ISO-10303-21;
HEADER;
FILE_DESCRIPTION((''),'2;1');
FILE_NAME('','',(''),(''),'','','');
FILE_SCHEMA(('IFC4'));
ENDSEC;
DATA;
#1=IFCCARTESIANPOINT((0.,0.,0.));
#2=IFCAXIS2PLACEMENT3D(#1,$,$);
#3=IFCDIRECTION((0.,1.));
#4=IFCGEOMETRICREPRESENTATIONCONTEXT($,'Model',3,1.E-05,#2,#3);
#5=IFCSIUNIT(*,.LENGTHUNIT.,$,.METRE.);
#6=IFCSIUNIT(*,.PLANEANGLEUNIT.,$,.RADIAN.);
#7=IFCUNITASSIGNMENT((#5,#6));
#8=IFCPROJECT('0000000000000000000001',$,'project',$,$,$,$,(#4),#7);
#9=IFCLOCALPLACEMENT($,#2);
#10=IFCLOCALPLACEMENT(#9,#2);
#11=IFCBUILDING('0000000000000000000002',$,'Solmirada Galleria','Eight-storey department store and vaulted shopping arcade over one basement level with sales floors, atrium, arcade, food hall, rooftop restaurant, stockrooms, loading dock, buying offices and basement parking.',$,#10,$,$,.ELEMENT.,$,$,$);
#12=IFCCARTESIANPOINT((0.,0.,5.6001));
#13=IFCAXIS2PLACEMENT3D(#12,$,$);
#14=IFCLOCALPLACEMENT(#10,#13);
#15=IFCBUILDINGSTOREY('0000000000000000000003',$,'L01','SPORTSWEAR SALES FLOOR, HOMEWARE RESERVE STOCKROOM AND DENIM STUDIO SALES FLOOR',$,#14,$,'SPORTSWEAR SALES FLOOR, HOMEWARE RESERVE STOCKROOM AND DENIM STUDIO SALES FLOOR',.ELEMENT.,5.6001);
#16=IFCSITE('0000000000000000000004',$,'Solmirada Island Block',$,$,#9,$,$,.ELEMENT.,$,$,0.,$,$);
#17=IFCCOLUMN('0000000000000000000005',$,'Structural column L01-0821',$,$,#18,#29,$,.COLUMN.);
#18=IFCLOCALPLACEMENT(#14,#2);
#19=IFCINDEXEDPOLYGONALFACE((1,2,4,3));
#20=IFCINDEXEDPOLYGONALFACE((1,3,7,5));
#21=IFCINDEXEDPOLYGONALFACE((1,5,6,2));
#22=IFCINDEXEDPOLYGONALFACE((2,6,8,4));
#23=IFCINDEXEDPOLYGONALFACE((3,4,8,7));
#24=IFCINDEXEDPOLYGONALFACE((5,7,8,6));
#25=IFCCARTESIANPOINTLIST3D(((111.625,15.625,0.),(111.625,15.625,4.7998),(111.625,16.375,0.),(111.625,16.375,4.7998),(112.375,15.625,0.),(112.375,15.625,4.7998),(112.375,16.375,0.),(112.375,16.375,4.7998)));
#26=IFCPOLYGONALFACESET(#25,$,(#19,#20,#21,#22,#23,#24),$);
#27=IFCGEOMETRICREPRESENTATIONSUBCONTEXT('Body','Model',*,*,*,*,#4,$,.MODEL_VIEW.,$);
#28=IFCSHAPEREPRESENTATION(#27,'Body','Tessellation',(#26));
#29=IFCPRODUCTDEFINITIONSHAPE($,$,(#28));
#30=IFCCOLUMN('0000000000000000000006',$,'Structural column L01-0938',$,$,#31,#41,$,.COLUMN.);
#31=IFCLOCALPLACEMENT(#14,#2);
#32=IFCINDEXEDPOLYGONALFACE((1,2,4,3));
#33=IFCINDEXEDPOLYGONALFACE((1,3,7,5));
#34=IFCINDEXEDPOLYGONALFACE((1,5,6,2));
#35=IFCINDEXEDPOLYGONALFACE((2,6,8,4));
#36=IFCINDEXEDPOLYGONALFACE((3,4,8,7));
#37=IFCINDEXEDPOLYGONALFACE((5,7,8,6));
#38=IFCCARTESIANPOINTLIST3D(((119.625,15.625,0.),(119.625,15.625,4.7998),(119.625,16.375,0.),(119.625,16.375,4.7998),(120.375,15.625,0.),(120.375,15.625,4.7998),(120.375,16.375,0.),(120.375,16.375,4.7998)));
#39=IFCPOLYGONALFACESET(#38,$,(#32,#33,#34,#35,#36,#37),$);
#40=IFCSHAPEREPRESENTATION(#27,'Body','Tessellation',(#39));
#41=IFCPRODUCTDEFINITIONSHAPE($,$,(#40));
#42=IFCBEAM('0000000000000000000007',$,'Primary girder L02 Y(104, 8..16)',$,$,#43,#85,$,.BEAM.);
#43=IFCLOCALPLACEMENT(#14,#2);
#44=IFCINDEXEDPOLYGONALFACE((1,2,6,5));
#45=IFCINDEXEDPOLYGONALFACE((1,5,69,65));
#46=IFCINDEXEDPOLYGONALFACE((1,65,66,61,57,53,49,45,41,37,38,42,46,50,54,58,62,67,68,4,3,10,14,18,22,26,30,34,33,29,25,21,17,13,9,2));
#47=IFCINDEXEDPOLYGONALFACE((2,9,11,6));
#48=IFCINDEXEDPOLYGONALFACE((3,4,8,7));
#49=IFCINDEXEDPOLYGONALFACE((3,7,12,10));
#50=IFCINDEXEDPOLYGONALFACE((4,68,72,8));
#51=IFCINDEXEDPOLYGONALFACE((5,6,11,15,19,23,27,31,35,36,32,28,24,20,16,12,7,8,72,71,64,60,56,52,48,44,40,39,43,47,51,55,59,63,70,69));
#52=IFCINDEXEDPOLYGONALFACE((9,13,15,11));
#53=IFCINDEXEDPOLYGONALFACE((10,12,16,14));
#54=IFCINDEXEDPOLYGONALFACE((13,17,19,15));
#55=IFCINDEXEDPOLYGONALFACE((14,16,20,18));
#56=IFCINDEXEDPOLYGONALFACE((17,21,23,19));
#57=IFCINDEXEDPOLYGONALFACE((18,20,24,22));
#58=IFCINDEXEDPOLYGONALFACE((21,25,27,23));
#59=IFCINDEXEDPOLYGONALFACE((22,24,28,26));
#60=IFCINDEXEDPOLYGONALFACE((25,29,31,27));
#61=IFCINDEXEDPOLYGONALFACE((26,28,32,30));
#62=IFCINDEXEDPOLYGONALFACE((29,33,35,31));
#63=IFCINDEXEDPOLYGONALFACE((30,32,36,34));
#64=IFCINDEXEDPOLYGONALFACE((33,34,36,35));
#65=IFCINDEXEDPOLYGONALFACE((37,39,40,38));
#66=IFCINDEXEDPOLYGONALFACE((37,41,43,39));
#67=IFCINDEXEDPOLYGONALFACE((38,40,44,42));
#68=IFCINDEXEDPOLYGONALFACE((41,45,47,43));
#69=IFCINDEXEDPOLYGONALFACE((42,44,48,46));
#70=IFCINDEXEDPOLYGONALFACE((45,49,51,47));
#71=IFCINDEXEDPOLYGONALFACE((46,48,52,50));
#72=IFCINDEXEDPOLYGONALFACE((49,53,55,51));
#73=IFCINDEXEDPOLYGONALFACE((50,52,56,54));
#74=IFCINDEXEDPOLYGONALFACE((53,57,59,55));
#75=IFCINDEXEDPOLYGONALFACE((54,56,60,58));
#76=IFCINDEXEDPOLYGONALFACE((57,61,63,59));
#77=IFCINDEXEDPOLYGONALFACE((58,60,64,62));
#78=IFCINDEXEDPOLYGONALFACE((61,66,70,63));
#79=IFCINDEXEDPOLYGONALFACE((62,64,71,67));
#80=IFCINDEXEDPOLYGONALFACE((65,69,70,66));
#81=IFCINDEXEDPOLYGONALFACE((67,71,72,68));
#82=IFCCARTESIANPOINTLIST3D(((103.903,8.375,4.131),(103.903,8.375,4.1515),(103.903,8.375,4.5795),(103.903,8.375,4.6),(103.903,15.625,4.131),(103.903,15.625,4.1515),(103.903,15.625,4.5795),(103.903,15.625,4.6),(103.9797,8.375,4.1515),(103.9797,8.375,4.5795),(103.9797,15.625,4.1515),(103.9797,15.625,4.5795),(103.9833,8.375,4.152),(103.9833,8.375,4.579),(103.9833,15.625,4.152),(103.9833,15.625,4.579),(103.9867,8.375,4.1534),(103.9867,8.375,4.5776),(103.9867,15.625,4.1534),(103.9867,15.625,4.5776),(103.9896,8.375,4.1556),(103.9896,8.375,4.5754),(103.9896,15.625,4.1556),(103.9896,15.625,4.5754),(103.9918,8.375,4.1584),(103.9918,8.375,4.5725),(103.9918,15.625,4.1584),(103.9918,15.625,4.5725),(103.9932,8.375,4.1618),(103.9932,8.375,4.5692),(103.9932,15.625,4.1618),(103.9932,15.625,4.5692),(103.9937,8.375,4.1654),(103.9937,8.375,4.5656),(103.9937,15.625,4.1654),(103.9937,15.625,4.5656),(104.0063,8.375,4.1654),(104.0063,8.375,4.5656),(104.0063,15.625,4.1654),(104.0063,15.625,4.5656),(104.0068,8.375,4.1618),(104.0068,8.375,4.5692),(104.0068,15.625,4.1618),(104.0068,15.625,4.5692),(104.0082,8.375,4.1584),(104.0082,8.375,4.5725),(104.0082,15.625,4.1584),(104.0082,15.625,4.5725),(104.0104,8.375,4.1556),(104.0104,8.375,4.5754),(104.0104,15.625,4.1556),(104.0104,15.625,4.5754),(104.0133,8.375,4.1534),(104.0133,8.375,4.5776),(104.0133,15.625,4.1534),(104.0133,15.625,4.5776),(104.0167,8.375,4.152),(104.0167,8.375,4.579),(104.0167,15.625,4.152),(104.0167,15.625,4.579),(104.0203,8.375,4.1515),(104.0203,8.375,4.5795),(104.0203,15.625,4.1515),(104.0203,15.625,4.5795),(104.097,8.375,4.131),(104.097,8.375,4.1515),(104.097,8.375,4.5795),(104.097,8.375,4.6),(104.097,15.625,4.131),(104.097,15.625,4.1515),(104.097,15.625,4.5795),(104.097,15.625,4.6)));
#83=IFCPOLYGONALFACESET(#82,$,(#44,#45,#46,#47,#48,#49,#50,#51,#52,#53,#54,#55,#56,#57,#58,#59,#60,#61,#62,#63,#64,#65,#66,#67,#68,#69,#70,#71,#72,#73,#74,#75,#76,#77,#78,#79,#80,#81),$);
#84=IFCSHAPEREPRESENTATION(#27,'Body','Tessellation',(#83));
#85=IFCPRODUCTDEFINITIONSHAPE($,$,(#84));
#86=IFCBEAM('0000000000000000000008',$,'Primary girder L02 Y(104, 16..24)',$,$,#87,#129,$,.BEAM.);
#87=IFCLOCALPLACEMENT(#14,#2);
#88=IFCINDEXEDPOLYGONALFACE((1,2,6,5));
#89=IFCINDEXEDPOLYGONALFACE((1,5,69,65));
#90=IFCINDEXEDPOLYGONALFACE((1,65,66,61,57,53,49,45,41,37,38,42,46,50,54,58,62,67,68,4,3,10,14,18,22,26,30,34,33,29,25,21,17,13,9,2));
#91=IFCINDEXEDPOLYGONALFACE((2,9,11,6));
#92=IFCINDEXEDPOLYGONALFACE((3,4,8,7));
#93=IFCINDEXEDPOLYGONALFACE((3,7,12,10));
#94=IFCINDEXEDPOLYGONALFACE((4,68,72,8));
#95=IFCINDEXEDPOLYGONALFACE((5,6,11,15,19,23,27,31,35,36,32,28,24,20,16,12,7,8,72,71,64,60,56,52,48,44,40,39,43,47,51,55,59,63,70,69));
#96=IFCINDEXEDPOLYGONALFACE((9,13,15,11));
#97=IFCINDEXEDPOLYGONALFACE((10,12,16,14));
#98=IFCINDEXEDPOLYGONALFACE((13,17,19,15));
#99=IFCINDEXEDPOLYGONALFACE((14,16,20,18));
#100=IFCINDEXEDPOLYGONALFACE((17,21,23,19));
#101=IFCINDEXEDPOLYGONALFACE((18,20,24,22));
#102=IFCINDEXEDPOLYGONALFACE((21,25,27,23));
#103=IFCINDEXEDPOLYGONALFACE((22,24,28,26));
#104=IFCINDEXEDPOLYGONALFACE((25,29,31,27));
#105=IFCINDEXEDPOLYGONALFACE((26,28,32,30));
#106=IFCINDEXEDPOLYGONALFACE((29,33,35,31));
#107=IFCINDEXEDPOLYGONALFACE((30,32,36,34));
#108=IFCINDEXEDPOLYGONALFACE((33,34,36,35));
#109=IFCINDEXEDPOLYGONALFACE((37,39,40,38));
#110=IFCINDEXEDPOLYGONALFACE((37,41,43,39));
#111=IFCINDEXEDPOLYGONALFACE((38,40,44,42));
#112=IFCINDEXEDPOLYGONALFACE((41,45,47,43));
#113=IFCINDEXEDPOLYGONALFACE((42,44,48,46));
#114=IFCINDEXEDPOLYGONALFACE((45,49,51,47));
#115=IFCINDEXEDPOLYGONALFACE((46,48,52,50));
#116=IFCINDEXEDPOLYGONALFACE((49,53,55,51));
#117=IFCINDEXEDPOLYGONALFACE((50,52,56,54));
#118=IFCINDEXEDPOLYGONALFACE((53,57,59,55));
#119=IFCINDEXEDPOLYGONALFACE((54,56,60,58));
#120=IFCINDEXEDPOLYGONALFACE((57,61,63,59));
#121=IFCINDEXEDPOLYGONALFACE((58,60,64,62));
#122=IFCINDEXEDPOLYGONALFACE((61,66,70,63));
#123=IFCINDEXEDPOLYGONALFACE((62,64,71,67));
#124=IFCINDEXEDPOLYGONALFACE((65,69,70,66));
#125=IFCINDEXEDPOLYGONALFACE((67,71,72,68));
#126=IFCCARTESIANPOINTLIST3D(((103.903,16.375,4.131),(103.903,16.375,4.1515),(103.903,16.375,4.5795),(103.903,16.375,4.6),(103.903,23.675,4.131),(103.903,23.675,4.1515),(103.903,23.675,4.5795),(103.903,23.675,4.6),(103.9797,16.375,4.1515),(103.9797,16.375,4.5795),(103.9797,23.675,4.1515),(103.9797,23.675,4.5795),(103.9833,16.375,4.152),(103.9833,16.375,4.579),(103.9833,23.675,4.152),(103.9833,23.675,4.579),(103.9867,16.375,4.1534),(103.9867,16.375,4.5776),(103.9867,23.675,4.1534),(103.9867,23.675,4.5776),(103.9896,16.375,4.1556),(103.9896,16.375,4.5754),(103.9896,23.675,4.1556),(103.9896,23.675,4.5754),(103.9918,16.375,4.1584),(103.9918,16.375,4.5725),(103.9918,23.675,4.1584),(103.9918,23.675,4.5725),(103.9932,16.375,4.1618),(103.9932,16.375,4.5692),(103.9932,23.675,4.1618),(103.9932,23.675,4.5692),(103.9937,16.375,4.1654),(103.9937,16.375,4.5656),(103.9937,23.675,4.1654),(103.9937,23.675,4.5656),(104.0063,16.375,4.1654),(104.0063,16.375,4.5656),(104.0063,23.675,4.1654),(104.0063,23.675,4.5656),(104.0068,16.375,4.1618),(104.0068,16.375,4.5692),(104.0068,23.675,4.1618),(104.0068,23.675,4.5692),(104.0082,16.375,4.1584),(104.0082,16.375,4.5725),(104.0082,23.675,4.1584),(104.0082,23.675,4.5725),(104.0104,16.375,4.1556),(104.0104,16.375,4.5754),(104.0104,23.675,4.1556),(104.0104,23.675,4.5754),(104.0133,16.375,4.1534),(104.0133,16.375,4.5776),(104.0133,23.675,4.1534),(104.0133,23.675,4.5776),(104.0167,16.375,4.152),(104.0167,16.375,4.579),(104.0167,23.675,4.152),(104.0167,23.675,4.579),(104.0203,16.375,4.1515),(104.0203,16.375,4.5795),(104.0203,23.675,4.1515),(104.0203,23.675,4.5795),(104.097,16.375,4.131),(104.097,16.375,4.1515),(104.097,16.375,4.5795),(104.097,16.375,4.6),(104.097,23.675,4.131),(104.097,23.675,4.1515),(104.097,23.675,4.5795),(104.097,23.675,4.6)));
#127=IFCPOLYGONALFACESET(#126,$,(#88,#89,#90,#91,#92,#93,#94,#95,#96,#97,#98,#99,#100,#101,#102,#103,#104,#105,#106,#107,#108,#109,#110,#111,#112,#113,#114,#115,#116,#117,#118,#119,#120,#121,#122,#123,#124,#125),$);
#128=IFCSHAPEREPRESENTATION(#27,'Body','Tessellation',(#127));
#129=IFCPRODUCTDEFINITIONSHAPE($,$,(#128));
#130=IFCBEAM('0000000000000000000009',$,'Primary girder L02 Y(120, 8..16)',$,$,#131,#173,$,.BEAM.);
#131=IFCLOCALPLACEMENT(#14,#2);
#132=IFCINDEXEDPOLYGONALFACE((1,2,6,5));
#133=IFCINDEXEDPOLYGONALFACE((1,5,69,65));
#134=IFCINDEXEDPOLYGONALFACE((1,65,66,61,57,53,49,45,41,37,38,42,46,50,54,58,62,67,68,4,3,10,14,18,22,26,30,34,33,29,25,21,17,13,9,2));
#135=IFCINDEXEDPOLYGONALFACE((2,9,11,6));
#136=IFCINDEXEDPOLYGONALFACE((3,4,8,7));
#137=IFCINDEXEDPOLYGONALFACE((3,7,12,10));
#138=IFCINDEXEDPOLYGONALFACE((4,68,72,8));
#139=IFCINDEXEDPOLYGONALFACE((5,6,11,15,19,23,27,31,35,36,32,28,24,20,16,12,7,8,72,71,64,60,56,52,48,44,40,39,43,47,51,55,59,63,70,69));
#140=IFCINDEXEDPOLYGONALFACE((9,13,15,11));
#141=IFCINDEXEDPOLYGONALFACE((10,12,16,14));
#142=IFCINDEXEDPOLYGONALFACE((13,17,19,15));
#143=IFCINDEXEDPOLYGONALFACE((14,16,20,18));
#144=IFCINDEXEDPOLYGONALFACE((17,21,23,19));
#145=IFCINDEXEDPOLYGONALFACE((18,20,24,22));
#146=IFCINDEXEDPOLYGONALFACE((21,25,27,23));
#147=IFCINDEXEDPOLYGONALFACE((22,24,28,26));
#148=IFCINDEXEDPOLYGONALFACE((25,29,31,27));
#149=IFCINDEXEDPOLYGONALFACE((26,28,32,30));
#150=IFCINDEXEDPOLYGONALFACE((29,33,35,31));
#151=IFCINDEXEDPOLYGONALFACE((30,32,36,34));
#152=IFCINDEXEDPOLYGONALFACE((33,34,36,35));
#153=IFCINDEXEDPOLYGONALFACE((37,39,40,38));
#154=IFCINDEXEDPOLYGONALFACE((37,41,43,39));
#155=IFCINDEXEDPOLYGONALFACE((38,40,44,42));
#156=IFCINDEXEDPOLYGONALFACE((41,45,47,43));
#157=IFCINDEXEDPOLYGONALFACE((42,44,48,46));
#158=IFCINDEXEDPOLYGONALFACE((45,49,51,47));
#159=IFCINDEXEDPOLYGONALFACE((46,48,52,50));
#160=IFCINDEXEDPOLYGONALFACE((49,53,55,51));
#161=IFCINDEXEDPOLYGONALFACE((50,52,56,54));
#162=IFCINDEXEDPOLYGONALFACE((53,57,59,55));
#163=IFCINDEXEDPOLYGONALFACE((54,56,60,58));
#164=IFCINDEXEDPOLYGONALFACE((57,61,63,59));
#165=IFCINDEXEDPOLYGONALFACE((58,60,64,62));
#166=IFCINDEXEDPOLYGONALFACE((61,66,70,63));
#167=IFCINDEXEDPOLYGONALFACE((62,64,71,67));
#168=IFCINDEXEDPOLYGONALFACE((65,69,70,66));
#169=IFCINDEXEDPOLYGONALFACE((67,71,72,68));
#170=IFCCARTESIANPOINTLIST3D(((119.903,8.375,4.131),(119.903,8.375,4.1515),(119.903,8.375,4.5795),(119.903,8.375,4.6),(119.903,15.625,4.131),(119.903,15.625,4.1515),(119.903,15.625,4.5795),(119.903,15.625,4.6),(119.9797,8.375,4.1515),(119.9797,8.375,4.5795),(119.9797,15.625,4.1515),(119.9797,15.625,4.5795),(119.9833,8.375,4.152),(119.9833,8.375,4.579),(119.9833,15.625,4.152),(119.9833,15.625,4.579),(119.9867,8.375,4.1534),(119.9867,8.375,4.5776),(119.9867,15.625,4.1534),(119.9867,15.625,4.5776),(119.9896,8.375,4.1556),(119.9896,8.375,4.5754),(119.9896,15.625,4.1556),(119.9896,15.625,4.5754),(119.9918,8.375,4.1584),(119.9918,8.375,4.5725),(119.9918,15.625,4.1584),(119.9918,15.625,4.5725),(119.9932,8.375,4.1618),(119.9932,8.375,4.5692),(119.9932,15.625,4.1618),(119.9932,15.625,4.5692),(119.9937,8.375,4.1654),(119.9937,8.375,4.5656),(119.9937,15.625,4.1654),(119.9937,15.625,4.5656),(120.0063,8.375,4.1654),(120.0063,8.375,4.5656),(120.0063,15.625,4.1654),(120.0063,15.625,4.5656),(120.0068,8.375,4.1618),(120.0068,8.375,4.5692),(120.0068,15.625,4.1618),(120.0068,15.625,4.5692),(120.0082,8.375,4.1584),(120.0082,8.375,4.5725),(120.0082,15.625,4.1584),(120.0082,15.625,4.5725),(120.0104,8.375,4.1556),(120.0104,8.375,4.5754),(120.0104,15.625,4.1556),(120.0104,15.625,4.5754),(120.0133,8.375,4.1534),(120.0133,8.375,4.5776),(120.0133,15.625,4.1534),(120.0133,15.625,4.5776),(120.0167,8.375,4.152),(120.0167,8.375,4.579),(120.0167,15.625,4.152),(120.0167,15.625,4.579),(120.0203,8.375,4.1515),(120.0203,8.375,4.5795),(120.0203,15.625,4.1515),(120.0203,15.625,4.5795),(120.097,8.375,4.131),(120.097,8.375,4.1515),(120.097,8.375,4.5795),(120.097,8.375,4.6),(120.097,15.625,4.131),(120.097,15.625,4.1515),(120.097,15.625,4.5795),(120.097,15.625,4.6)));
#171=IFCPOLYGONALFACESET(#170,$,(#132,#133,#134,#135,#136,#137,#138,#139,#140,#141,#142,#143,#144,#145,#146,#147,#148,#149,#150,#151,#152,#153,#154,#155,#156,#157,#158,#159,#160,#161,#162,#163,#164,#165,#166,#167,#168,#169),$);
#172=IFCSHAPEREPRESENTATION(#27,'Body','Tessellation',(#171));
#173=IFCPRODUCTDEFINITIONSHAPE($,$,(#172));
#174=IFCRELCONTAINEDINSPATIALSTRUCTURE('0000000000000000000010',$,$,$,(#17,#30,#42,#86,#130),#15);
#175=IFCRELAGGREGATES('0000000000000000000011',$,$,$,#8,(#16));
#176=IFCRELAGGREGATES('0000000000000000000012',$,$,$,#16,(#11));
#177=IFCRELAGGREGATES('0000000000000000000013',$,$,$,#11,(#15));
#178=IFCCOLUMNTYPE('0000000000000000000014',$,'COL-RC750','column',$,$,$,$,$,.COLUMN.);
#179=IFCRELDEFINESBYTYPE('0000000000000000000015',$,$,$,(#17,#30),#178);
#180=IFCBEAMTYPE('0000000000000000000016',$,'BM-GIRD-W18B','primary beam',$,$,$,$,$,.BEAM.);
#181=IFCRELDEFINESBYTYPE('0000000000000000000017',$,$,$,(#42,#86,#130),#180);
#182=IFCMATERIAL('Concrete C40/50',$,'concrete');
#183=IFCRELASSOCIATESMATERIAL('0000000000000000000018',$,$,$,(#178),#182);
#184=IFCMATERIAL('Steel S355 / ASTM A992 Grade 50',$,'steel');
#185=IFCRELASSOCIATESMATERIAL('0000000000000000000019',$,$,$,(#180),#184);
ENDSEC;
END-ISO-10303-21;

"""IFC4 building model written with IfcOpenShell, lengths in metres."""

from ifc_helpers import new_model, si_unit, direction, frame, origin, origin_2d, place, context, subcontext, project, spatial, rectangle, i_section, extrude, material, material_profile, profile_set, type_object, element, save


model = new_model("IFC4")

# Units and contexts
model_context = context("Model", 3, precision=1e-05, world=origin(), true_north=direction((0.0, 1.0)))
body_context = subcontext(model_context, "Body", "Model", "MODEL_VIEW")
ifc_project = project(units=[si_unit("LENGTHUNIT", "METRE"), si_unit("PLANEANGLEUNIT", "RADIAN")], contexts=[model_context])

# Site, building, storey
site_placement = place(None, origin())
site = spatial("IfcSite", under=ifc_project, at=site_placement, Name="Solmirada Island Block", CompositionType="ELEMENT", RefElevation=0.0)
building_placement = place(site_placement, origin())
building = spatial("IfcBuilding", under=site, at=building_placement, Name="Solmirada Galleria", Description="Eight-storey department store and vaulted shopping arcade over one basement level with sales floors, atrium, arcade, food hall, rooftop restaurant, stockrooms, loading dock, buying offices and basement parking.", CompositionType="ELEMENT")
storey_placement = place(building_placement, frame((0.0, 0.0, 5.6001)))
storey = spatial("IfcBuildingStorey", under=building, at=storey_placement, Name="L01", Description="SPORTSWEAR SALES FLOOR, HOMEWARE RESERVE STOCKROOM AND DENIM STUDIO SALES FLOOR", LongName="SPORTSWEAR SALES FLOOR, HOMEWARE RESERVE STOCKROOM AND DENIM STUDIO SALES FLOOR", CompositionType="ELEMENT", Elevation=5.6001)

# Columns
ifc_material_1 = material(Name="Concrete C40/50", Category="concrete")
ifc_material_profile_1 = material_profile(ifc_material_1, rectangle(XDim=0.75, YDim=0.75, at=origin_2d()), Name="RC750X750")
ifc_profile_set_1 = profile_set([ifc_material_profile_1], Name="Concrete C40/50")
column_type = type_object("IfcColumnType", Name="COL-RC750", Description="column", PredefinedType="COLUMN", material=ifc_profile_set_1)
for number, where, z_axis, x_axis, name in (
    (1, (112.0, 16.0, 0.0), (0.0, 0.0, 1.0), (1.0, 0.0, 0.0), "Structural column L01-0821"),
    (2, (120.0, 16.0, 0.0), (0.0, 0.0, 1.0), (1.0, 0.0, 0.0), "Structural column L01-0938"),
):
    element("IfcColumn", number, at=place(storey_placement, frame(where, z_axis=z_axis, x_axis=x_axis)), inside=storey, type_object=column_type, Name=name, PredefinedType="COLUMN", context=body_context, shape_type="SweptSolid", body=[
        extrude(rectangle(XDim=0.75, YDim=0.75, at=origin_2d()), origin(), (0.0, 0.0, 1.0), 4.7998),
    ])

# Beams
ifc_material_2 = material(Name="Steel S355 / ASTM A992 Grade 50", Category="steel")
ifc_material_profile_2 = material_profile(ifc_material_2, i_section(OverallWidth=0.1941, OverallDepth=0.469, WebThickness=0.0127, FlangeThickness=0.0205, FilletRadius=0.0139, at=origin_2d()), Name="W18X71")
ifc_profile_set_2 = profile_set([ifc_material_profile_2], Name="Steel S355 / ASTM A992 Grade 50")
beam_type_1 = type_object("IfcBeamType", Name="BM-GIRD-W18B", Description="primary beam", PredefinedType="BEAM", material=ifc_profile_set_2)
beam_1_placement = place(storey_placement, frame((104.0, 8.375, 4.3655), z_axis=(0.0, 1.0, 0.0), x_axis=(-1.0, 0.0, 0.0)))
element("IfcBeam", 3, at=beam_1_placement, inside=storey, type_object=beam_type_1, Name="Primary girder L02 Y(104, 8..16)", PredefinedType="BEAM", context=body_context, shape_type="SweptSolid", body=[
    extrude(i_section(OverallWidth=0.1941, OverallDepth=0.469, WebThickness=0.0127, FlangeThickness=0.0205, FilletRadius=0.0139, at=origin_2d()), origin(), (0.0, 0.0, 1.0), 7.25),
])
beam_2_placement = place(storey_placement, frame((104.0, 16.375, 4.3655), z_axis=(0.0, 1.0, 0.0), x_axis=(-1.0, 0.0, 0.0)))
element("IfcBeam", 4, at=beam_2_placement, inside=storey, type_object=beam_type_1, Name="Primary girder L02 Y(104, 16..24)", PredefinedType="BEAM", context=body_context, shape_type="SweptSolid", body=[
    extrude(i_section(OverallWidth=0.1941, OverallDepth=0.469, WebThickness=0.0127, FlangeThickness=0.0205, FilletRadius=0.0139, at=origin_2d()), origin(), (0.0, 0.0, 1.0), 7.3),
])
beam_3_placement = place(storey_placement, frame((120.0, 8.375, 4.3655), z_axis=(0.0, 1.0, 0.0), x_axis=(-1.0, 0.0, 0.0)))
element("IfcBeam", 5, at=beam_3_placement, inside=storey, type_object=beam_type_1, Name="Primary girder L02 Y(120, 8..16)", PredefinedType="BEAM", context=body_context, shape_type="SweptSolid", body=[
    extrude(i_section(OverallWidth=0.1941, OverallDepth=0.469, WebThickness=0.0127, FlangeThickness=0.0205, FilletRadius=0.0139, at=origin_2d()), origin(), (0.0, 0.0, 1.0), 7.25),
])

save(model, "model.ifc")
